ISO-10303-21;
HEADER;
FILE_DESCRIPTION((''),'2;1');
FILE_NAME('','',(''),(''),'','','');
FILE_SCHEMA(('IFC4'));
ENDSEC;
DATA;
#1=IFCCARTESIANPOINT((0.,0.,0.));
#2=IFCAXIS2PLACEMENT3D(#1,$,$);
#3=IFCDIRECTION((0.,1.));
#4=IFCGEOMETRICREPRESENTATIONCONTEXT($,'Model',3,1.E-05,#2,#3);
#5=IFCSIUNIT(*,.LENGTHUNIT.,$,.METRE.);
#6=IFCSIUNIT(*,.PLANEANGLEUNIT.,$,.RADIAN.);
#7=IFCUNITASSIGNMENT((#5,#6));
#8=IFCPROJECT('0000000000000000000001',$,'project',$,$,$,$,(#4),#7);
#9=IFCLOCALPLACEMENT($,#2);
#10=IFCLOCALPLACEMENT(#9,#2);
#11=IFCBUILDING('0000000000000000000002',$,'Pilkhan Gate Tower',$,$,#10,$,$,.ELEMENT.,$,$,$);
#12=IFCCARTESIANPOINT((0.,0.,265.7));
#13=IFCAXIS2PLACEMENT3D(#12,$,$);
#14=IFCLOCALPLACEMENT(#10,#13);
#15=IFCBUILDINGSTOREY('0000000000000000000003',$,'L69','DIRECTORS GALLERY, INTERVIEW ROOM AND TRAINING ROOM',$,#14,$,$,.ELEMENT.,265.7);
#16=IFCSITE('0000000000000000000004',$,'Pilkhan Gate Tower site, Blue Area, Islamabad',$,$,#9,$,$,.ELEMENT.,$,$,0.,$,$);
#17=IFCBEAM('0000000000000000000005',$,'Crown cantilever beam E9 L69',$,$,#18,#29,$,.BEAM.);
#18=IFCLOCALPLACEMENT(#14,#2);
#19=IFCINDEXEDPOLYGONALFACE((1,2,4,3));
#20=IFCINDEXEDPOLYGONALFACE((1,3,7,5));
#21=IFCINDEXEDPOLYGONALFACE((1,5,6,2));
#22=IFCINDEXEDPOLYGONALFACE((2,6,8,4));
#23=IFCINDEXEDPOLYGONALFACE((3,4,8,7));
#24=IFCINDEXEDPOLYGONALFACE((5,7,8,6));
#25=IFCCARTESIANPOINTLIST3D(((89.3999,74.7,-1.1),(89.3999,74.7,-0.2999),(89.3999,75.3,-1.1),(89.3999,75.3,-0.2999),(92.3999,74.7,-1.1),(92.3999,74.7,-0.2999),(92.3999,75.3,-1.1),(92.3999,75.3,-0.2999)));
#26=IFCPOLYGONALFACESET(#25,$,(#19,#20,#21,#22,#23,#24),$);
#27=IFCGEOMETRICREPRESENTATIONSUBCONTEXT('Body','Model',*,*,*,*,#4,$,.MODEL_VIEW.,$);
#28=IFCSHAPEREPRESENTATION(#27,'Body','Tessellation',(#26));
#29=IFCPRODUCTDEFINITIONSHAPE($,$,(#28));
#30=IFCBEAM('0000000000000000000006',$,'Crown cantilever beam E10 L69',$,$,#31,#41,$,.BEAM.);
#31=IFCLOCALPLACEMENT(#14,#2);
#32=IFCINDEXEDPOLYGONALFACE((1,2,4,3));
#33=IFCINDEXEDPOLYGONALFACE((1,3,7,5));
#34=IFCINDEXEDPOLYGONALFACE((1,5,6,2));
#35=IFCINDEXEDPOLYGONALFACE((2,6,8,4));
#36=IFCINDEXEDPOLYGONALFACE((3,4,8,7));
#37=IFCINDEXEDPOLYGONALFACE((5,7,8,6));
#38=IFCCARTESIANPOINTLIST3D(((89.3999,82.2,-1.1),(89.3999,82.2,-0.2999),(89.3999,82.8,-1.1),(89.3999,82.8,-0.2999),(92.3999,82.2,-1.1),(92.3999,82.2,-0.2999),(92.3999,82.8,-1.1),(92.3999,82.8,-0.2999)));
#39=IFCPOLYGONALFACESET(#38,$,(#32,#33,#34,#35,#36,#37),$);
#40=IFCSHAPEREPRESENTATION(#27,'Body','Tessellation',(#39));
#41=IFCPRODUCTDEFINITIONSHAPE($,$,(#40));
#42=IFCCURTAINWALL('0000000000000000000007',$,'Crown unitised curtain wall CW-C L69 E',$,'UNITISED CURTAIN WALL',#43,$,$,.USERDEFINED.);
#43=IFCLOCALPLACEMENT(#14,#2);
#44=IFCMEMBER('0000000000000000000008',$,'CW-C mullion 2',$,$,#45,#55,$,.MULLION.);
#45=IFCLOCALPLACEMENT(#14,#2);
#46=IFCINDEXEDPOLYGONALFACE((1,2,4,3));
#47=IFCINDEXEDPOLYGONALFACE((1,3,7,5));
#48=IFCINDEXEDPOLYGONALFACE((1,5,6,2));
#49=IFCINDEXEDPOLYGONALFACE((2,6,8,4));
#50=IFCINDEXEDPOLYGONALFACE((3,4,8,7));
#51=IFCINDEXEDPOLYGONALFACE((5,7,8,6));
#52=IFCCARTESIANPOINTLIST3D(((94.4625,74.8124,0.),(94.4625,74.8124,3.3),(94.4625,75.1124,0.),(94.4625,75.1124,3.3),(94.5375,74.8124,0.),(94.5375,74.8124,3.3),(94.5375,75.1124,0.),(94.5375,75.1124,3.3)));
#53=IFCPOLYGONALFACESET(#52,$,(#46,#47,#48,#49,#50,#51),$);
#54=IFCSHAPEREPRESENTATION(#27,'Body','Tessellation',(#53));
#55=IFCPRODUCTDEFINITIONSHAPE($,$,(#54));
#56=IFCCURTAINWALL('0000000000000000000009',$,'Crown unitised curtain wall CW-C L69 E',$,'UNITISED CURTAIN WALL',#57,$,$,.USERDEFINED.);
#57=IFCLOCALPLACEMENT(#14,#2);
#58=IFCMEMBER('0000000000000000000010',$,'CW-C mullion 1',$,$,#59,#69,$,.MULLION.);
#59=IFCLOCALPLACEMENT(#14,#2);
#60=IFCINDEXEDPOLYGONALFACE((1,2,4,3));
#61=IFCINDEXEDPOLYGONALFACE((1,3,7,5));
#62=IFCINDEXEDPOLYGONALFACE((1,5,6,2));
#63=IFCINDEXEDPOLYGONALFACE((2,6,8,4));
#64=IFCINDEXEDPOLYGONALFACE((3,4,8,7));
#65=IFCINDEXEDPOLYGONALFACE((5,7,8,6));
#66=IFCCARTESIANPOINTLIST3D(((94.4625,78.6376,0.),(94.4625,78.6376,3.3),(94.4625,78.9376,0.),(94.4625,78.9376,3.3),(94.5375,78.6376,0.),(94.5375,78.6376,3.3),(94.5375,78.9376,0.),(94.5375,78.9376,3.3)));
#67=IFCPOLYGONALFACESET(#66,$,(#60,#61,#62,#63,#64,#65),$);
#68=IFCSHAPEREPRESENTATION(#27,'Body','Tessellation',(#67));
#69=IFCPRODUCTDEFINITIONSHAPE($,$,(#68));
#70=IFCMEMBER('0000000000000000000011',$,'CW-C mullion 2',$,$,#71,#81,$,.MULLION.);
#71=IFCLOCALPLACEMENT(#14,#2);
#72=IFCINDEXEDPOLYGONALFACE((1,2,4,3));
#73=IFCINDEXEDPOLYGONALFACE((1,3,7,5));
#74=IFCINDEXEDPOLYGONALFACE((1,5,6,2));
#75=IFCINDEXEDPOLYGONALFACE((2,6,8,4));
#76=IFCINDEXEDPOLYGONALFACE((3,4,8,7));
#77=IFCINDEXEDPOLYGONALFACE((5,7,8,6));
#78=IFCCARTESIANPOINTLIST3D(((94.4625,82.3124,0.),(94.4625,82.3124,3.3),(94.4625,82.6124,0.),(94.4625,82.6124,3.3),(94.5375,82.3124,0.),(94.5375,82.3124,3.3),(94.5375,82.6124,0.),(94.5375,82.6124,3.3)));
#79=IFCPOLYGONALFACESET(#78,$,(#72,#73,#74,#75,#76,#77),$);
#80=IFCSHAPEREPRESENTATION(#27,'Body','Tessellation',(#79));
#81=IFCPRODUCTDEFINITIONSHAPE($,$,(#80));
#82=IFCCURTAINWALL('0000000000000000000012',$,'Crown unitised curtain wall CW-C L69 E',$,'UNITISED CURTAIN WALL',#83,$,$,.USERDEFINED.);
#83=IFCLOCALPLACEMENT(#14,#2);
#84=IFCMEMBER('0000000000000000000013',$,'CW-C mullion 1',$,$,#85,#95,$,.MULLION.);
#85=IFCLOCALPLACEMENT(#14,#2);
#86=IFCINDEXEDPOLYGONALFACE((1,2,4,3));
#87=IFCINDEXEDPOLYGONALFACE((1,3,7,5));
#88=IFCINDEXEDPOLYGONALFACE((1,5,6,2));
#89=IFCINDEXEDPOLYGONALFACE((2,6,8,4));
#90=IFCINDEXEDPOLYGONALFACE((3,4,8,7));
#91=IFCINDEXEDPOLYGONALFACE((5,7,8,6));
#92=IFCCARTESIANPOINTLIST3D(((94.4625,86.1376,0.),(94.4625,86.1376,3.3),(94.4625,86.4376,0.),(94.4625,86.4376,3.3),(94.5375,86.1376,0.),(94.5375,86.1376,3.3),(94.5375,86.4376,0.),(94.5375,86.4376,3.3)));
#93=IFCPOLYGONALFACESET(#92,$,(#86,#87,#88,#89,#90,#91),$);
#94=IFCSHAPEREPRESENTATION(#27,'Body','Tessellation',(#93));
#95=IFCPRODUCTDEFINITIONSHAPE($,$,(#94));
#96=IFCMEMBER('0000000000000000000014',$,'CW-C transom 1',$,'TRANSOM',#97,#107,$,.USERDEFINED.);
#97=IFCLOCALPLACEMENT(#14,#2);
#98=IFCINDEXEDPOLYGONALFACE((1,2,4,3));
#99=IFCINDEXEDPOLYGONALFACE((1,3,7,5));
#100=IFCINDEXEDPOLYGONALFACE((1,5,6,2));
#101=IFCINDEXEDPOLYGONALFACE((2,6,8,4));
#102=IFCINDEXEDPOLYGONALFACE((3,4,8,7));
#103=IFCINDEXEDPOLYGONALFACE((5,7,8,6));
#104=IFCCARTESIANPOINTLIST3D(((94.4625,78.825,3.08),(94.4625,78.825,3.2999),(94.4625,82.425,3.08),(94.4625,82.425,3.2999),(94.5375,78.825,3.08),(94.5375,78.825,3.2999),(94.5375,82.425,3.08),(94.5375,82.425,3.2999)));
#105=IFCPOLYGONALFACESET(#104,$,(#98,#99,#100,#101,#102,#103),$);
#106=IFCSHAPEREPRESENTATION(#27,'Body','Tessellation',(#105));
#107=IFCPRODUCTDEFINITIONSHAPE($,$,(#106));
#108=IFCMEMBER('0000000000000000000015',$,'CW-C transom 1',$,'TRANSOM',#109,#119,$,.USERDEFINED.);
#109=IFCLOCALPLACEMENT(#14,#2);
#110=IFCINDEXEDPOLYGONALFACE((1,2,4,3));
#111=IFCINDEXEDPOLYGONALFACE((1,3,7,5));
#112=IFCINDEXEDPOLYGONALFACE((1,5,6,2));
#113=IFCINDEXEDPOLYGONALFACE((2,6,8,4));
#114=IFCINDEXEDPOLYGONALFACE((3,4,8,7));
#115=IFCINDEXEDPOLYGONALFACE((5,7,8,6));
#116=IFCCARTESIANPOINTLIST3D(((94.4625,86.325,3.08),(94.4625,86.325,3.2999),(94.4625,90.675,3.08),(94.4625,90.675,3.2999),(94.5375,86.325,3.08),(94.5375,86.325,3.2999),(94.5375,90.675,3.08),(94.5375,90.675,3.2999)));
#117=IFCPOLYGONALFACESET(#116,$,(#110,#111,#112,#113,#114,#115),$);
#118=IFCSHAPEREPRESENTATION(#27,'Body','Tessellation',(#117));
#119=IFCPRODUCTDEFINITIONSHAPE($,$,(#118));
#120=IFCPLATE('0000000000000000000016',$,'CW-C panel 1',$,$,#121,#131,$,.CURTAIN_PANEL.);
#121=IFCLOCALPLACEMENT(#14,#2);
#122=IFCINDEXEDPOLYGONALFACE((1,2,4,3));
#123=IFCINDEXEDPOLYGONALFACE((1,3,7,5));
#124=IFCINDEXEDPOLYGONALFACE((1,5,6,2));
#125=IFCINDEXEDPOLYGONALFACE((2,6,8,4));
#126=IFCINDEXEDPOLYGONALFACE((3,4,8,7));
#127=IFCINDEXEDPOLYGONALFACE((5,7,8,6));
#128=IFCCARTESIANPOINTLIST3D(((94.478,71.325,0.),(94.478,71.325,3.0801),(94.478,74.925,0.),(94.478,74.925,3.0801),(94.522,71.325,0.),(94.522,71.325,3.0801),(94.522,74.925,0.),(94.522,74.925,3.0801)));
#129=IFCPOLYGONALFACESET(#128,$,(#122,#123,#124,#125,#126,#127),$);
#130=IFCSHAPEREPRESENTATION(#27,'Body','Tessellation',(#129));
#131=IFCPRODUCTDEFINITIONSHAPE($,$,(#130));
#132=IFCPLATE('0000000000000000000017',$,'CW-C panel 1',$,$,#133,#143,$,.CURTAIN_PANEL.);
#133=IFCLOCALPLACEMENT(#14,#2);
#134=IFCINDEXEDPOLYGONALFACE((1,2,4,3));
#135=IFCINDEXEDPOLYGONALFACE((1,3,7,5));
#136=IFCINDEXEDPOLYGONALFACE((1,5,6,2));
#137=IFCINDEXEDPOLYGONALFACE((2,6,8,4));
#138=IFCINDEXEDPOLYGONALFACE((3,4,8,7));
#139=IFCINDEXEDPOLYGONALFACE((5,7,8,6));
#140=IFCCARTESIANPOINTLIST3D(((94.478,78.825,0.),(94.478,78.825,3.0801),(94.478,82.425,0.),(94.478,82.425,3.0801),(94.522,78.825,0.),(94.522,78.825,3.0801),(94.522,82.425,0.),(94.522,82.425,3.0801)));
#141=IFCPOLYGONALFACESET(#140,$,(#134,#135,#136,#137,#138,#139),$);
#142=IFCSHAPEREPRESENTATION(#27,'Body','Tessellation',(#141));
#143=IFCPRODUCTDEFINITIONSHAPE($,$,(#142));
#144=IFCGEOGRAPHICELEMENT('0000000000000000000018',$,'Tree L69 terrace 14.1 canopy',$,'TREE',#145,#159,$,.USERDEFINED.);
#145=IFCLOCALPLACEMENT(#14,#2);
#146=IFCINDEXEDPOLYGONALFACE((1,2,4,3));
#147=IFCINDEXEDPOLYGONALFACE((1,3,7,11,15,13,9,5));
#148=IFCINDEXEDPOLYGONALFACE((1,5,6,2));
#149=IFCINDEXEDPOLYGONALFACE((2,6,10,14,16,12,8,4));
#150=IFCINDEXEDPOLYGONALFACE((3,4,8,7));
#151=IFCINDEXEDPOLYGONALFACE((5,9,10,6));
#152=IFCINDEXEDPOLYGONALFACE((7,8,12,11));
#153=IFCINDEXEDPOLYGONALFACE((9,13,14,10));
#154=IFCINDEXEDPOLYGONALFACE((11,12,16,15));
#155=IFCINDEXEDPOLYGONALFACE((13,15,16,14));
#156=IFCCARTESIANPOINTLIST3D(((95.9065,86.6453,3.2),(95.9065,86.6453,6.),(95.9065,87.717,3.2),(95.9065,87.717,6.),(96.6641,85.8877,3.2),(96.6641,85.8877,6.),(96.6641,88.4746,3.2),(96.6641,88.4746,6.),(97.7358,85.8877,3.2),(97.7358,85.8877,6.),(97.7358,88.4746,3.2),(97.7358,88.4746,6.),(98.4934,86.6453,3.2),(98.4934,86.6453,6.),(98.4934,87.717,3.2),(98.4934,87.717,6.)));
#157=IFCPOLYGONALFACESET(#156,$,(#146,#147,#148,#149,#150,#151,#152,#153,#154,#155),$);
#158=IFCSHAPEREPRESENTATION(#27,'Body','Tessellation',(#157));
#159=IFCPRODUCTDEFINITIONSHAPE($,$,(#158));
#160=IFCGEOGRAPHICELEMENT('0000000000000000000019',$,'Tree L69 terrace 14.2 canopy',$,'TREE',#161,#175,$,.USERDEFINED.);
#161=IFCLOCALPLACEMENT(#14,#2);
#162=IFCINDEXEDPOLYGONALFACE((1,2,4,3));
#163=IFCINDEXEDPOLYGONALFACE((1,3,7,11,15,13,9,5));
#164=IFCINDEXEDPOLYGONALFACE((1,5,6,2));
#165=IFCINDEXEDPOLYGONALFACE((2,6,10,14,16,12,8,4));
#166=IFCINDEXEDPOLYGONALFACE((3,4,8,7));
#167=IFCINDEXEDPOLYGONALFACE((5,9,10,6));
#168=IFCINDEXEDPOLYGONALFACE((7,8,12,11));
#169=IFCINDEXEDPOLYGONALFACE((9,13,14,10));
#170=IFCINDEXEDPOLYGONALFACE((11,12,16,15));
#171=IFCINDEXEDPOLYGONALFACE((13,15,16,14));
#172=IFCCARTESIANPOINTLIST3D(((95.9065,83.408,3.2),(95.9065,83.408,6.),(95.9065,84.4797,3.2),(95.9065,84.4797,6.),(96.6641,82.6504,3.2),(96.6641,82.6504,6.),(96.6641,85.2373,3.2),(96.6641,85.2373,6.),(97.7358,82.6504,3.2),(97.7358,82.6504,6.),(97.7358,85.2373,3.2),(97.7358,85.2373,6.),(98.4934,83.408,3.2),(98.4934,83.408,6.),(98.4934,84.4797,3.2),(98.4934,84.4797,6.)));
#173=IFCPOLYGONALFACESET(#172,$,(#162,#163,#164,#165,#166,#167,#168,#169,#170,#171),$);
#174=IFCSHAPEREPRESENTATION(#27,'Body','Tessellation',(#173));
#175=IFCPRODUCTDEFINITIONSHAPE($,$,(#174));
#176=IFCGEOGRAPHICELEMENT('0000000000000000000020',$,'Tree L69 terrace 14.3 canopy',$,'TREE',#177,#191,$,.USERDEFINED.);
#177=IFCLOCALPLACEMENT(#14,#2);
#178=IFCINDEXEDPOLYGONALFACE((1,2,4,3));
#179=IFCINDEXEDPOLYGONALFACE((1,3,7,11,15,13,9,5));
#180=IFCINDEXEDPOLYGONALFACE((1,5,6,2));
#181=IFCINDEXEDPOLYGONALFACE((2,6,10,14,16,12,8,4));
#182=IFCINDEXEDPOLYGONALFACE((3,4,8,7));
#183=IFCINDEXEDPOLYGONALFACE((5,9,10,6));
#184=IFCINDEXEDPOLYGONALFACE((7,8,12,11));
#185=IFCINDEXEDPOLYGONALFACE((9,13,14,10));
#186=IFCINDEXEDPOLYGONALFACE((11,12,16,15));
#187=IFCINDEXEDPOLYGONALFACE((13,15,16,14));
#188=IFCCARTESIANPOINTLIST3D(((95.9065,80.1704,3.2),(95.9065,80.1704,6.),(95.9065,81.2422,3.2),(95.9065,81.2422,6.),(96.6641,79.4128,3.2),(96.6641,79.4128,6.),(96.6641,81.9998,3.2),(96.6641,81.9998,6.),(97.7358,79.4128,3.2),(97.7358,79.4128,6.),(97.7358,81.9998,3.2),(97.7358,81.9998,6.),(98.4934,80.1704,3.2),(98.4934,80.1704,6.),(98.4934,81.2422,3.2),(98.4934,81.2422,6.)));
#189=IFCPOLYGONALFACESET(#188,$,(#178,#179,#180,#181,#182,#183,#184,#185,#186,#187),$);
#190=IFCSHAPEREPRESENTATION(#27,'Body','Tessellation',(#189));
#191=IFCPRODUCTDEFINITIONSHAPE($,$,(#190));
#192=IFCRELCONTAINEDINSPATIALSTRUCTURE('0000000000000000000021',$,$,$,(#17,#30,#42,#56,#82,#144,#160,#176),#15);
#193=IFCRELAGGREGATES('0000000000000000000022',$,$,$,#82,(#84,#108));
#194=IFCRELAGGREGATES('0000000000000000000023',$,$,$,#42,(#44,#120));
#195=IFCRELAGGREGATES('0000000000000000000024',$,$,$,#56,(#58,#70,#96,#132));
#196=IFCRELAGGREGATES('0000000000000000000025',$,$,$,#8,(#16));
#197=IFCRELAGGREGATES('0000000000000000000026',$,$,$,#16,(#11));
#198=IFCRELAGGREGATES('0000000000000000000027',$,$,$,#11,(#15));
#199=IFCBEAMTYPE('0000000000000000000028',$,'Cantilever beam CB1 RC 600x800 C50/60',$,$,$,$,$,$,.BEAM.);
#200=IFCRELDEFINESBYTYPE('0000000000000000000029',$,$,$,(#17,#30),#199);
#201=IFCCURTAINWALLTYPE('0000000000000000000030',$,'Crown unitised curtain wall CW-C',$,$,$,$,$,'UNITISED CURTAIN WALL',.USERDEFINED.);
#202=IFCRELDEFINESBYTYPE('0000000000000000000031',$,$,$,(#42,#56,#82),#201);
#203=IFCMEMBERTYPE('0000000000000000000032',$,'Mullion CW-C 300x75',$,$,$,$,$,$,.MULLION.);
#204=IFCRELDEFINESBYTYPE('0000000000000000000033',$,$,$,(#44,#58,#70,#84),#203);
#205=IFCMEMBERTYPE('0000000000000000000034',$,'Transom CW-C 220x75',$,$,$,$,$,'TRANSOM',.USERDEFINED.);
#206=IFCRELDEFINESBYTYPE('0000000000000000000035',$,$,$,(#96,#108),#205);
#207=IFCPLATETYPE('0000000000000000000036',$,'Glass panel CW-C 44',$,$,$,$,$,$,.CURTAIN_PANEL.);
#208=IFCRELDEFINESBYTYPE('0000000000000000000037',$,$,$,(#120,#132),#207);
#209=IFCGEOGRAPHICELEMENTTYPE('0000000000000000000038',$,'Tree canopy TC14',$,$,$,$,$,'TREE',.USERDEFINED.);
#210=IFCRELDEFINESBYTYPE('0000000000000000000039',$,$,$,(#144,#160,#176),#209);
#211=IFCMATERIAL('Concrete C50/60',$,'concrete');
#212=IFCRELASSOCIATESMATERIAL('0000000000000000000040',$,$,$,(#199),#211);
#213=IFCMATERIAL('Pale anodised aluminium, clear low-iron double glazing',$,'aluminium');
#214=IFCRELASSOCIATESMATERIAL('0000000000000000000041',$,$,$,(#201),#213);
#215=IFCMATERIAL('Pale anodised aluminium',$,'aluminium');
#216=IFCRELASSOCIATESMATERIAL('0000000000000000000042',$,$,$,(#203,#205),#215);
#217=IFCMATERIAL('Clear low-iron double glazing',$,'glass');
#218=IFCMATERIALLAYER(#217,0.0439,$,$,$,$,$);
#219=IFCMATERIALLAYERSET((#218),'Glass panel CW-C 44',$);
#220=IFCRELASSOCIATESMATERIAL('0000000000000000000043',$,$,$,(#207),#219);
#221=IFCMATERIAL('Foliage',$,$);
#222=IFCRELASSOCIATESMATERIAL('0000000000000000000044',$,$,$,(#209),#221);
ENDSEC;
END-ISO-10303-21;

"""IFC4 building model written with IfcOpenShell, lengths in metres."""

from ifc_helpers import new_model, si_unit, direction, frame, origin, origin_2d, place, context, subcontext, project, spatial, polyline, rectangle, outline, extrude, material, layer, layer_set, material_profile, profile_set, type_object, element, aggregate, save


model = new_model("IFC4")

# Units and contexts
model_context = context("Model", 3, precision=1e-05, world=origin(), true_north=direction((0.0, 1.0)))
body_context = subcontext(model_context, "Body", "Model", "MODEL_VIEW")
ifc_project = project(units=[si_unit("LENGTHUNIT", "METRE"), si_unit("PLANEANGLEUNIT", "RADIAN")], contexts=[model_context])

# Site, building, storey
site_placement = place(None, origin())
site = spatial("IfcSite", under=ifc_project, at=site_placement, Name="Pilkhan Gate Tower site, Blue Area, Islamabad", CompositionType="ELEMENT", RefElevation=0.0)
building_placement = place(site_placement, origin())
building = spatial("IfcBuilding", under=site, at=building_placement, Name="Pilkhan Gate Tower", CompositionType="ELEMENT")
storey_placement = place(building_placement, frame((0.0, 0.0, 265.7)))
storey = spatial("IfcBuildingStorey", under=building, at=storey_placement, Name="L69", Description="DIRECTORS GALLERY, INTERVIEW ROOM AND TRAINING ROOM", CompositionType="ELEMENT", Elevation=265.7)

# Beams
ifc_material_1 = material(Name="Concrete C50/60", Category="concrete")
ifc_material_profile_1 = material_profile(ifc_material_1, rectangle(XDim=0.6001, YDim=0.8, at=origin_2d()), Name="RC 600x800")
ifc_profile_set_1 = profile_set([ifc_material_profile_1], Name="Concrete C50/60")
beam_type = type_object("IfcBeamType", Name="Cantilever beam CB1 RC 600x800 C50/60", PredefinedType="BEAM", material=ifc_profile_set_1)
for number, where, z_axis, x_axis, name in (
    (1, (89.3999, 75.0, -0.7), (1.0, 0.0, 0.0), (0.0, 1.0, 0.0), "Crown cantilever beam E9 L69"),
    (2, (89.3999, 82.5, -0.7), (1.0, 0.0, 0.0), (0.0, 1.0, 0.0), "Crown cantilever beam E10 L69"),
):
    element("IfcBeam", number, at=place(storey_placement, frame(where, z_axis=z_axis, x_axis=x_axis)), inside=storey, type_object=beam_type, Name=name, PredefinedType="BEAM", context=body_context, shape_type="SweptSolid", body=[
        extrude(rectangle(XDim=0.6001, YDim=0.8, at=origin_2d()), origin(), (0.0, 0.0, 1.0), 3.0),
    ])

# Curtain wall, member
ifc_material_2 = material(Name="Pale anodised aluminium, clear low-iron double glazing", Category="aluminium")
curtain_wall_type = type_object("IfcCurtainWallType", Name="Crown unitised curtain wall CW-C", ElementType="UNITISED CURTAIN WALL", PredefinedType="USERDEFINED", material=ifc_material_2)
curtain_wall_1_placement = place(storey_placement, origin())
curtain_wall_1 = element("IfcCurtainWall", 3, at=curtain_wall_1_placement, inside=storey, type_object=curtain_wall_type, Name="Crown unitised curtain wall CW-C L69 E", ObjectType="UNITISED CURTAIN WALL", PredefinedType="USERDEFINED")
ifc_material_3 = material(Name="Pale anodised aluminium", Category="aluminium")
ifc_material_profile_2 = material_profile(ifc_material_3, rectangle(XDim=0.075, YDim=0.3, at=origin_2d()), Name="Mullion 300x75")
ifc_profile_set_2 = profile_set([ifc_material_profile_2], Name="Pale anodised aluminium")
member_type_1 = type_object("IfcMemberType", Name="Mullion CW-C 300x75", PredefinedType="MULLION", material=ifc_profile_set_2)
member_1_placement = place(storey_placement, frame((94.5, 74.9624, 0.0), z_axis=(0.0, 0.0, 1.0), x_axis=(-1.0, 0.0, 0.0)))
member_1 = element("IfcMember", 4, at=member_1_placement, type_object=member_type_1, Name="CW-C mullion 2", PredefinedType="MULLION", context=body_context, shape_type="SweptSolid", body=[
    extrude(rectangle(XDim=0.075, YDim=0.3, at=origin_2d()), origin(), (0.0, 0.0, 1.0), 3.3),
])

# Curtain wall, members
curtain_wall_2_placement = place(storey_placement, origin())
curtain_wall_2 = element("IfcCurtainWall", 5, at=curtain_wall_2_placement, inside=storey, type_object=curtain_wall_type, Name="Crown unitised curtain wall CW-C L69 E", ObjectType="UNITISED CURTAIN WALL", PredefinedType="USERDEFINED")
member_2_placement = place(storey_placement, frame((94.5, 78.7876, 0.0), z_axis=(0.0, 0.0, 1.0), x_axis=(-1.0, 0.0, 0.0)))
member_2 = element("IfcMember", 6, at=member_2_placement, type_object=member_type_1, Name="CW-C mullion 1", PredefinedType="MULLION", context=body_context, shape_type="SweptSolid", body=[
    extrude(rectangle(XDim=0.075, YDim=0.3, at=origin_2d()), origin(), (0.0, 0.0, 1.0), 3.3),
])
member_3_placement = place(storey_placement, frame((94.5, 82.4624, 0.0), z_axis=(0.0, 0.0, 1.0), x_axis=(-1.0, 0.0, 0.0)))
member_3 = element("IfcMember", 7, at=member_3_placement, type_object=member_type_1, Name="CW-C mullion 2", PredefinedType="MULLION", context=body_context, shape_type="SweptSolid", body=[
    extrude(rectangle(XDim=0.075, YDim=0.3, at=origin_2d()), origin(), (0.0, 0.0, 1.0), 3.3),
])

# Curtain wall, member
curtain_wall_3_placement = place(storey_placement, origin())
curtain_wall_3 = element("IfcCurtainWall", 8, at=curtain_wall_3_placement, inside=storey, type_object=curtain_wall_type, Name="Crown unitised curtain wall CW-C L69 E", ObjectType="UNITISED CURTAIN WALL", PredefinedType="USERDEFINED")
member_4_placement = place(storey_placement, frame((94.5, 86.2876, 0.0), z_axis=(0.0, 0.0, 1.0), x_axis=(-1.0, 0.0, 0.0)))
member_4 = element("IfcMember", 9, at=member_4_placement, type_object=member_type_1, Name="CW-C mullion 1", PredefinedType="MULLION", context=body_context, shape_type="SweptSolid", body=[
    extrude(rectangle(XDim=0.075, YDim=0.3, at=origin_2d()), origin(), (0.0, 0.0, 1.0), 3.3),
])

# Members
ifc_material_profile_3 = material_profile(ifc_material_3, rectangle(XDim=0.075, YDim=0.22, at=origin_2d()), Name="Transom 220x75")
ifc_profile_set_3 = profile_set([ifc_material_profile_3], Name="Pale anodised aluminium")
member_type_2 = type_object("IfcMemberType", Name="Transom CW-C 220x75", ElementType="TRANSOM", PredefinedType="USERDEFINED", material=ifc_profile_set_3)
member_5_placement = place(storey_placement, frame((94.5, 78.825, 3.1899), z_axis=(0.0, 1.0, 0.0), x_axis=(-1.0, 0.0, 0.0)))
member_5 = element("IfcMember", 10, at=member_5_placement, type_object=member_type_2, Name="CW-C transom 1", ObjectType="TRANSOM", PredefinedType="USERDEFINED", context=body_context, shape_type="SweptSolid", body=[
    extrude(rectangle(XDim=0.075, YDim=0.22, at=origin_2d()), origin(), (0.0, 0.0, 1.0), 3.6001),
])
member_6_placement = place(storey_placement, frame((94.5, 86.325, 3.1899), z_axis=(0.0, 1.0, 0.0), x_axis=(-1.0, 0.0, 0.0)))
member_6 = element("IfcMember", 11, at=member_6_placement, type_object=member_type_2, Name="CW-C transom 1", ObjectType="TRANSOM", PredefinedType="USERDEFINED", context=body_context, shape_type="SweptSolid", body=[
    extrude(rectangle(XDim=0.075, YDim=0.22, at=origin_2d()), origin(), (0.0, 0.0, 1.0), 4.3501),
])
aggregate(curtain_wall_3, [member_4, member_6])

# Plates
ifc_material_4 = material(Name="Clear low-iron double glazing", Category="glass")
ifc_layer_1 = layer(ifc_material_4, 0.0439)
ifc_layer_set_1 = layer_set([ifc_layer_1], Name="Glass panel CW-C 44")
plate_type = type_object("IfcPlateType", Name="Glass panel CW-C 44", PredefinedType="CURTAIN_PANEL", material=ifc_layer_set_1)
plate_1_placement = place(storey_placement, frame((94.5, 73.125, 0.0), z_axis=(0.0, 0.0, 1.0), x_axis=(0.0, 1.0, 0.0)))
plate_1 = element("IfcPlate", 12, at=plate_1_placement, type_object=plate_type, Name="CW-C panel 1", PredefinedType="CURTAIN_PANEL", context=body_context, shape_type="SweptSolid", body=[
    extrude(rectangle(XDim=3.6001, YDim=0.0439, at=origin_2d()), origin(), (0.0, 0.0, 1.0), 3.0801),
])
aggregate(curtain_wall_1, [member_1, plate_1])
plate_2_placement = place(storey_placement, frame((94.5, 80.625, 0.0), z_axis=(0.0, 0.0, 1.0), x_axis=(0.0, 1.0, 0.0)))
plate_2 = element("IfcPlate", 13, at=plate_2_placement, type_object=plate_type, Name="CW-C panel 1", PredefinedType="CURTAIN_PANEL", context=body_context, shape_type="SweptSolid", body=[
    extrude(rectangle(XDim=3.6001, YDim=0.0439, at=origin_2d()), origin(), (0.0, 0.0, 1.0), 3.0801),
])
aggregate(curtain_wall_2, [member_2, member_3, member_5, plate_2])

# Geographic elements
ifc_material_5 = material(Name="Foliage")
ifc_material_profile_4 = material_profile(ifc_material_5, outline(polyline([(1.2935, 0.5359), (0.5359, 1.2935), (-0.5359, 1.2935), (-1.2935, 0.5359), (-1.2935, -0.5359), (-0.5359, -1.2935), (0.5359, -1.2935), (1.2935, -0.5359), (1.2935, 0.5359)])), Name="Canopy D2.8")
ifc_profile_set_4 = profile_set([ifc_material_profile_4], Name="Foliage")
geographic_element_type_1 = type_object("IfcGeographicElementType", Name="Tree canopy TC14", ElementType="TREE", PredefinedType="USERDEFINED", material=ifc_profile_set_4)
for number, where, z_axis, x_axis, name in (
    (14, (97.2, 87.1812, 3.2), (0.0, 0.0, 1.0), (1.0, 0.0, 0.0), "Tree L69 terrace 14.1 canopy"),
    (15, (97.2, 83.9438, 3.2), (0.0, 0.0, 1.0), (1.0, 0.0, 0.0), "Tree L69 terrace 14.2 canopy"),
    (16, (97.2, 80.7063, 3.2), (0.0, 0.0, 1.0), (1.0, 0.0, 0.0), "Tree L69 terrace 14.3 canopy"),
):
    element("IfcGeographicElement", number, at=place(storey_placement, frame(where, z_axis=z_axis, x_axis=x_axis)), inside=storey, type_object=geographic_element_type_1, Name=name, ObjectType="TREE", PredefinedType="USERDEFINED", context=body_context, shape_type="SweptSolid", body=[
        extrude(outline(polyline([(1.2935, 0.5359), (0.5359, 1.2935), (-0.5359, 1.2935), (-1.2935, 0.5359), (-1.2935, -0.5359), (-0.5359, -1.2935), (0.5359, -1.2935), (1.2935, -0.5359), (1.2935, 0.5359)])), origin(), (0.0, 0.0, 1.0), 2.8),
    ])

save(model, "model.ifc")
